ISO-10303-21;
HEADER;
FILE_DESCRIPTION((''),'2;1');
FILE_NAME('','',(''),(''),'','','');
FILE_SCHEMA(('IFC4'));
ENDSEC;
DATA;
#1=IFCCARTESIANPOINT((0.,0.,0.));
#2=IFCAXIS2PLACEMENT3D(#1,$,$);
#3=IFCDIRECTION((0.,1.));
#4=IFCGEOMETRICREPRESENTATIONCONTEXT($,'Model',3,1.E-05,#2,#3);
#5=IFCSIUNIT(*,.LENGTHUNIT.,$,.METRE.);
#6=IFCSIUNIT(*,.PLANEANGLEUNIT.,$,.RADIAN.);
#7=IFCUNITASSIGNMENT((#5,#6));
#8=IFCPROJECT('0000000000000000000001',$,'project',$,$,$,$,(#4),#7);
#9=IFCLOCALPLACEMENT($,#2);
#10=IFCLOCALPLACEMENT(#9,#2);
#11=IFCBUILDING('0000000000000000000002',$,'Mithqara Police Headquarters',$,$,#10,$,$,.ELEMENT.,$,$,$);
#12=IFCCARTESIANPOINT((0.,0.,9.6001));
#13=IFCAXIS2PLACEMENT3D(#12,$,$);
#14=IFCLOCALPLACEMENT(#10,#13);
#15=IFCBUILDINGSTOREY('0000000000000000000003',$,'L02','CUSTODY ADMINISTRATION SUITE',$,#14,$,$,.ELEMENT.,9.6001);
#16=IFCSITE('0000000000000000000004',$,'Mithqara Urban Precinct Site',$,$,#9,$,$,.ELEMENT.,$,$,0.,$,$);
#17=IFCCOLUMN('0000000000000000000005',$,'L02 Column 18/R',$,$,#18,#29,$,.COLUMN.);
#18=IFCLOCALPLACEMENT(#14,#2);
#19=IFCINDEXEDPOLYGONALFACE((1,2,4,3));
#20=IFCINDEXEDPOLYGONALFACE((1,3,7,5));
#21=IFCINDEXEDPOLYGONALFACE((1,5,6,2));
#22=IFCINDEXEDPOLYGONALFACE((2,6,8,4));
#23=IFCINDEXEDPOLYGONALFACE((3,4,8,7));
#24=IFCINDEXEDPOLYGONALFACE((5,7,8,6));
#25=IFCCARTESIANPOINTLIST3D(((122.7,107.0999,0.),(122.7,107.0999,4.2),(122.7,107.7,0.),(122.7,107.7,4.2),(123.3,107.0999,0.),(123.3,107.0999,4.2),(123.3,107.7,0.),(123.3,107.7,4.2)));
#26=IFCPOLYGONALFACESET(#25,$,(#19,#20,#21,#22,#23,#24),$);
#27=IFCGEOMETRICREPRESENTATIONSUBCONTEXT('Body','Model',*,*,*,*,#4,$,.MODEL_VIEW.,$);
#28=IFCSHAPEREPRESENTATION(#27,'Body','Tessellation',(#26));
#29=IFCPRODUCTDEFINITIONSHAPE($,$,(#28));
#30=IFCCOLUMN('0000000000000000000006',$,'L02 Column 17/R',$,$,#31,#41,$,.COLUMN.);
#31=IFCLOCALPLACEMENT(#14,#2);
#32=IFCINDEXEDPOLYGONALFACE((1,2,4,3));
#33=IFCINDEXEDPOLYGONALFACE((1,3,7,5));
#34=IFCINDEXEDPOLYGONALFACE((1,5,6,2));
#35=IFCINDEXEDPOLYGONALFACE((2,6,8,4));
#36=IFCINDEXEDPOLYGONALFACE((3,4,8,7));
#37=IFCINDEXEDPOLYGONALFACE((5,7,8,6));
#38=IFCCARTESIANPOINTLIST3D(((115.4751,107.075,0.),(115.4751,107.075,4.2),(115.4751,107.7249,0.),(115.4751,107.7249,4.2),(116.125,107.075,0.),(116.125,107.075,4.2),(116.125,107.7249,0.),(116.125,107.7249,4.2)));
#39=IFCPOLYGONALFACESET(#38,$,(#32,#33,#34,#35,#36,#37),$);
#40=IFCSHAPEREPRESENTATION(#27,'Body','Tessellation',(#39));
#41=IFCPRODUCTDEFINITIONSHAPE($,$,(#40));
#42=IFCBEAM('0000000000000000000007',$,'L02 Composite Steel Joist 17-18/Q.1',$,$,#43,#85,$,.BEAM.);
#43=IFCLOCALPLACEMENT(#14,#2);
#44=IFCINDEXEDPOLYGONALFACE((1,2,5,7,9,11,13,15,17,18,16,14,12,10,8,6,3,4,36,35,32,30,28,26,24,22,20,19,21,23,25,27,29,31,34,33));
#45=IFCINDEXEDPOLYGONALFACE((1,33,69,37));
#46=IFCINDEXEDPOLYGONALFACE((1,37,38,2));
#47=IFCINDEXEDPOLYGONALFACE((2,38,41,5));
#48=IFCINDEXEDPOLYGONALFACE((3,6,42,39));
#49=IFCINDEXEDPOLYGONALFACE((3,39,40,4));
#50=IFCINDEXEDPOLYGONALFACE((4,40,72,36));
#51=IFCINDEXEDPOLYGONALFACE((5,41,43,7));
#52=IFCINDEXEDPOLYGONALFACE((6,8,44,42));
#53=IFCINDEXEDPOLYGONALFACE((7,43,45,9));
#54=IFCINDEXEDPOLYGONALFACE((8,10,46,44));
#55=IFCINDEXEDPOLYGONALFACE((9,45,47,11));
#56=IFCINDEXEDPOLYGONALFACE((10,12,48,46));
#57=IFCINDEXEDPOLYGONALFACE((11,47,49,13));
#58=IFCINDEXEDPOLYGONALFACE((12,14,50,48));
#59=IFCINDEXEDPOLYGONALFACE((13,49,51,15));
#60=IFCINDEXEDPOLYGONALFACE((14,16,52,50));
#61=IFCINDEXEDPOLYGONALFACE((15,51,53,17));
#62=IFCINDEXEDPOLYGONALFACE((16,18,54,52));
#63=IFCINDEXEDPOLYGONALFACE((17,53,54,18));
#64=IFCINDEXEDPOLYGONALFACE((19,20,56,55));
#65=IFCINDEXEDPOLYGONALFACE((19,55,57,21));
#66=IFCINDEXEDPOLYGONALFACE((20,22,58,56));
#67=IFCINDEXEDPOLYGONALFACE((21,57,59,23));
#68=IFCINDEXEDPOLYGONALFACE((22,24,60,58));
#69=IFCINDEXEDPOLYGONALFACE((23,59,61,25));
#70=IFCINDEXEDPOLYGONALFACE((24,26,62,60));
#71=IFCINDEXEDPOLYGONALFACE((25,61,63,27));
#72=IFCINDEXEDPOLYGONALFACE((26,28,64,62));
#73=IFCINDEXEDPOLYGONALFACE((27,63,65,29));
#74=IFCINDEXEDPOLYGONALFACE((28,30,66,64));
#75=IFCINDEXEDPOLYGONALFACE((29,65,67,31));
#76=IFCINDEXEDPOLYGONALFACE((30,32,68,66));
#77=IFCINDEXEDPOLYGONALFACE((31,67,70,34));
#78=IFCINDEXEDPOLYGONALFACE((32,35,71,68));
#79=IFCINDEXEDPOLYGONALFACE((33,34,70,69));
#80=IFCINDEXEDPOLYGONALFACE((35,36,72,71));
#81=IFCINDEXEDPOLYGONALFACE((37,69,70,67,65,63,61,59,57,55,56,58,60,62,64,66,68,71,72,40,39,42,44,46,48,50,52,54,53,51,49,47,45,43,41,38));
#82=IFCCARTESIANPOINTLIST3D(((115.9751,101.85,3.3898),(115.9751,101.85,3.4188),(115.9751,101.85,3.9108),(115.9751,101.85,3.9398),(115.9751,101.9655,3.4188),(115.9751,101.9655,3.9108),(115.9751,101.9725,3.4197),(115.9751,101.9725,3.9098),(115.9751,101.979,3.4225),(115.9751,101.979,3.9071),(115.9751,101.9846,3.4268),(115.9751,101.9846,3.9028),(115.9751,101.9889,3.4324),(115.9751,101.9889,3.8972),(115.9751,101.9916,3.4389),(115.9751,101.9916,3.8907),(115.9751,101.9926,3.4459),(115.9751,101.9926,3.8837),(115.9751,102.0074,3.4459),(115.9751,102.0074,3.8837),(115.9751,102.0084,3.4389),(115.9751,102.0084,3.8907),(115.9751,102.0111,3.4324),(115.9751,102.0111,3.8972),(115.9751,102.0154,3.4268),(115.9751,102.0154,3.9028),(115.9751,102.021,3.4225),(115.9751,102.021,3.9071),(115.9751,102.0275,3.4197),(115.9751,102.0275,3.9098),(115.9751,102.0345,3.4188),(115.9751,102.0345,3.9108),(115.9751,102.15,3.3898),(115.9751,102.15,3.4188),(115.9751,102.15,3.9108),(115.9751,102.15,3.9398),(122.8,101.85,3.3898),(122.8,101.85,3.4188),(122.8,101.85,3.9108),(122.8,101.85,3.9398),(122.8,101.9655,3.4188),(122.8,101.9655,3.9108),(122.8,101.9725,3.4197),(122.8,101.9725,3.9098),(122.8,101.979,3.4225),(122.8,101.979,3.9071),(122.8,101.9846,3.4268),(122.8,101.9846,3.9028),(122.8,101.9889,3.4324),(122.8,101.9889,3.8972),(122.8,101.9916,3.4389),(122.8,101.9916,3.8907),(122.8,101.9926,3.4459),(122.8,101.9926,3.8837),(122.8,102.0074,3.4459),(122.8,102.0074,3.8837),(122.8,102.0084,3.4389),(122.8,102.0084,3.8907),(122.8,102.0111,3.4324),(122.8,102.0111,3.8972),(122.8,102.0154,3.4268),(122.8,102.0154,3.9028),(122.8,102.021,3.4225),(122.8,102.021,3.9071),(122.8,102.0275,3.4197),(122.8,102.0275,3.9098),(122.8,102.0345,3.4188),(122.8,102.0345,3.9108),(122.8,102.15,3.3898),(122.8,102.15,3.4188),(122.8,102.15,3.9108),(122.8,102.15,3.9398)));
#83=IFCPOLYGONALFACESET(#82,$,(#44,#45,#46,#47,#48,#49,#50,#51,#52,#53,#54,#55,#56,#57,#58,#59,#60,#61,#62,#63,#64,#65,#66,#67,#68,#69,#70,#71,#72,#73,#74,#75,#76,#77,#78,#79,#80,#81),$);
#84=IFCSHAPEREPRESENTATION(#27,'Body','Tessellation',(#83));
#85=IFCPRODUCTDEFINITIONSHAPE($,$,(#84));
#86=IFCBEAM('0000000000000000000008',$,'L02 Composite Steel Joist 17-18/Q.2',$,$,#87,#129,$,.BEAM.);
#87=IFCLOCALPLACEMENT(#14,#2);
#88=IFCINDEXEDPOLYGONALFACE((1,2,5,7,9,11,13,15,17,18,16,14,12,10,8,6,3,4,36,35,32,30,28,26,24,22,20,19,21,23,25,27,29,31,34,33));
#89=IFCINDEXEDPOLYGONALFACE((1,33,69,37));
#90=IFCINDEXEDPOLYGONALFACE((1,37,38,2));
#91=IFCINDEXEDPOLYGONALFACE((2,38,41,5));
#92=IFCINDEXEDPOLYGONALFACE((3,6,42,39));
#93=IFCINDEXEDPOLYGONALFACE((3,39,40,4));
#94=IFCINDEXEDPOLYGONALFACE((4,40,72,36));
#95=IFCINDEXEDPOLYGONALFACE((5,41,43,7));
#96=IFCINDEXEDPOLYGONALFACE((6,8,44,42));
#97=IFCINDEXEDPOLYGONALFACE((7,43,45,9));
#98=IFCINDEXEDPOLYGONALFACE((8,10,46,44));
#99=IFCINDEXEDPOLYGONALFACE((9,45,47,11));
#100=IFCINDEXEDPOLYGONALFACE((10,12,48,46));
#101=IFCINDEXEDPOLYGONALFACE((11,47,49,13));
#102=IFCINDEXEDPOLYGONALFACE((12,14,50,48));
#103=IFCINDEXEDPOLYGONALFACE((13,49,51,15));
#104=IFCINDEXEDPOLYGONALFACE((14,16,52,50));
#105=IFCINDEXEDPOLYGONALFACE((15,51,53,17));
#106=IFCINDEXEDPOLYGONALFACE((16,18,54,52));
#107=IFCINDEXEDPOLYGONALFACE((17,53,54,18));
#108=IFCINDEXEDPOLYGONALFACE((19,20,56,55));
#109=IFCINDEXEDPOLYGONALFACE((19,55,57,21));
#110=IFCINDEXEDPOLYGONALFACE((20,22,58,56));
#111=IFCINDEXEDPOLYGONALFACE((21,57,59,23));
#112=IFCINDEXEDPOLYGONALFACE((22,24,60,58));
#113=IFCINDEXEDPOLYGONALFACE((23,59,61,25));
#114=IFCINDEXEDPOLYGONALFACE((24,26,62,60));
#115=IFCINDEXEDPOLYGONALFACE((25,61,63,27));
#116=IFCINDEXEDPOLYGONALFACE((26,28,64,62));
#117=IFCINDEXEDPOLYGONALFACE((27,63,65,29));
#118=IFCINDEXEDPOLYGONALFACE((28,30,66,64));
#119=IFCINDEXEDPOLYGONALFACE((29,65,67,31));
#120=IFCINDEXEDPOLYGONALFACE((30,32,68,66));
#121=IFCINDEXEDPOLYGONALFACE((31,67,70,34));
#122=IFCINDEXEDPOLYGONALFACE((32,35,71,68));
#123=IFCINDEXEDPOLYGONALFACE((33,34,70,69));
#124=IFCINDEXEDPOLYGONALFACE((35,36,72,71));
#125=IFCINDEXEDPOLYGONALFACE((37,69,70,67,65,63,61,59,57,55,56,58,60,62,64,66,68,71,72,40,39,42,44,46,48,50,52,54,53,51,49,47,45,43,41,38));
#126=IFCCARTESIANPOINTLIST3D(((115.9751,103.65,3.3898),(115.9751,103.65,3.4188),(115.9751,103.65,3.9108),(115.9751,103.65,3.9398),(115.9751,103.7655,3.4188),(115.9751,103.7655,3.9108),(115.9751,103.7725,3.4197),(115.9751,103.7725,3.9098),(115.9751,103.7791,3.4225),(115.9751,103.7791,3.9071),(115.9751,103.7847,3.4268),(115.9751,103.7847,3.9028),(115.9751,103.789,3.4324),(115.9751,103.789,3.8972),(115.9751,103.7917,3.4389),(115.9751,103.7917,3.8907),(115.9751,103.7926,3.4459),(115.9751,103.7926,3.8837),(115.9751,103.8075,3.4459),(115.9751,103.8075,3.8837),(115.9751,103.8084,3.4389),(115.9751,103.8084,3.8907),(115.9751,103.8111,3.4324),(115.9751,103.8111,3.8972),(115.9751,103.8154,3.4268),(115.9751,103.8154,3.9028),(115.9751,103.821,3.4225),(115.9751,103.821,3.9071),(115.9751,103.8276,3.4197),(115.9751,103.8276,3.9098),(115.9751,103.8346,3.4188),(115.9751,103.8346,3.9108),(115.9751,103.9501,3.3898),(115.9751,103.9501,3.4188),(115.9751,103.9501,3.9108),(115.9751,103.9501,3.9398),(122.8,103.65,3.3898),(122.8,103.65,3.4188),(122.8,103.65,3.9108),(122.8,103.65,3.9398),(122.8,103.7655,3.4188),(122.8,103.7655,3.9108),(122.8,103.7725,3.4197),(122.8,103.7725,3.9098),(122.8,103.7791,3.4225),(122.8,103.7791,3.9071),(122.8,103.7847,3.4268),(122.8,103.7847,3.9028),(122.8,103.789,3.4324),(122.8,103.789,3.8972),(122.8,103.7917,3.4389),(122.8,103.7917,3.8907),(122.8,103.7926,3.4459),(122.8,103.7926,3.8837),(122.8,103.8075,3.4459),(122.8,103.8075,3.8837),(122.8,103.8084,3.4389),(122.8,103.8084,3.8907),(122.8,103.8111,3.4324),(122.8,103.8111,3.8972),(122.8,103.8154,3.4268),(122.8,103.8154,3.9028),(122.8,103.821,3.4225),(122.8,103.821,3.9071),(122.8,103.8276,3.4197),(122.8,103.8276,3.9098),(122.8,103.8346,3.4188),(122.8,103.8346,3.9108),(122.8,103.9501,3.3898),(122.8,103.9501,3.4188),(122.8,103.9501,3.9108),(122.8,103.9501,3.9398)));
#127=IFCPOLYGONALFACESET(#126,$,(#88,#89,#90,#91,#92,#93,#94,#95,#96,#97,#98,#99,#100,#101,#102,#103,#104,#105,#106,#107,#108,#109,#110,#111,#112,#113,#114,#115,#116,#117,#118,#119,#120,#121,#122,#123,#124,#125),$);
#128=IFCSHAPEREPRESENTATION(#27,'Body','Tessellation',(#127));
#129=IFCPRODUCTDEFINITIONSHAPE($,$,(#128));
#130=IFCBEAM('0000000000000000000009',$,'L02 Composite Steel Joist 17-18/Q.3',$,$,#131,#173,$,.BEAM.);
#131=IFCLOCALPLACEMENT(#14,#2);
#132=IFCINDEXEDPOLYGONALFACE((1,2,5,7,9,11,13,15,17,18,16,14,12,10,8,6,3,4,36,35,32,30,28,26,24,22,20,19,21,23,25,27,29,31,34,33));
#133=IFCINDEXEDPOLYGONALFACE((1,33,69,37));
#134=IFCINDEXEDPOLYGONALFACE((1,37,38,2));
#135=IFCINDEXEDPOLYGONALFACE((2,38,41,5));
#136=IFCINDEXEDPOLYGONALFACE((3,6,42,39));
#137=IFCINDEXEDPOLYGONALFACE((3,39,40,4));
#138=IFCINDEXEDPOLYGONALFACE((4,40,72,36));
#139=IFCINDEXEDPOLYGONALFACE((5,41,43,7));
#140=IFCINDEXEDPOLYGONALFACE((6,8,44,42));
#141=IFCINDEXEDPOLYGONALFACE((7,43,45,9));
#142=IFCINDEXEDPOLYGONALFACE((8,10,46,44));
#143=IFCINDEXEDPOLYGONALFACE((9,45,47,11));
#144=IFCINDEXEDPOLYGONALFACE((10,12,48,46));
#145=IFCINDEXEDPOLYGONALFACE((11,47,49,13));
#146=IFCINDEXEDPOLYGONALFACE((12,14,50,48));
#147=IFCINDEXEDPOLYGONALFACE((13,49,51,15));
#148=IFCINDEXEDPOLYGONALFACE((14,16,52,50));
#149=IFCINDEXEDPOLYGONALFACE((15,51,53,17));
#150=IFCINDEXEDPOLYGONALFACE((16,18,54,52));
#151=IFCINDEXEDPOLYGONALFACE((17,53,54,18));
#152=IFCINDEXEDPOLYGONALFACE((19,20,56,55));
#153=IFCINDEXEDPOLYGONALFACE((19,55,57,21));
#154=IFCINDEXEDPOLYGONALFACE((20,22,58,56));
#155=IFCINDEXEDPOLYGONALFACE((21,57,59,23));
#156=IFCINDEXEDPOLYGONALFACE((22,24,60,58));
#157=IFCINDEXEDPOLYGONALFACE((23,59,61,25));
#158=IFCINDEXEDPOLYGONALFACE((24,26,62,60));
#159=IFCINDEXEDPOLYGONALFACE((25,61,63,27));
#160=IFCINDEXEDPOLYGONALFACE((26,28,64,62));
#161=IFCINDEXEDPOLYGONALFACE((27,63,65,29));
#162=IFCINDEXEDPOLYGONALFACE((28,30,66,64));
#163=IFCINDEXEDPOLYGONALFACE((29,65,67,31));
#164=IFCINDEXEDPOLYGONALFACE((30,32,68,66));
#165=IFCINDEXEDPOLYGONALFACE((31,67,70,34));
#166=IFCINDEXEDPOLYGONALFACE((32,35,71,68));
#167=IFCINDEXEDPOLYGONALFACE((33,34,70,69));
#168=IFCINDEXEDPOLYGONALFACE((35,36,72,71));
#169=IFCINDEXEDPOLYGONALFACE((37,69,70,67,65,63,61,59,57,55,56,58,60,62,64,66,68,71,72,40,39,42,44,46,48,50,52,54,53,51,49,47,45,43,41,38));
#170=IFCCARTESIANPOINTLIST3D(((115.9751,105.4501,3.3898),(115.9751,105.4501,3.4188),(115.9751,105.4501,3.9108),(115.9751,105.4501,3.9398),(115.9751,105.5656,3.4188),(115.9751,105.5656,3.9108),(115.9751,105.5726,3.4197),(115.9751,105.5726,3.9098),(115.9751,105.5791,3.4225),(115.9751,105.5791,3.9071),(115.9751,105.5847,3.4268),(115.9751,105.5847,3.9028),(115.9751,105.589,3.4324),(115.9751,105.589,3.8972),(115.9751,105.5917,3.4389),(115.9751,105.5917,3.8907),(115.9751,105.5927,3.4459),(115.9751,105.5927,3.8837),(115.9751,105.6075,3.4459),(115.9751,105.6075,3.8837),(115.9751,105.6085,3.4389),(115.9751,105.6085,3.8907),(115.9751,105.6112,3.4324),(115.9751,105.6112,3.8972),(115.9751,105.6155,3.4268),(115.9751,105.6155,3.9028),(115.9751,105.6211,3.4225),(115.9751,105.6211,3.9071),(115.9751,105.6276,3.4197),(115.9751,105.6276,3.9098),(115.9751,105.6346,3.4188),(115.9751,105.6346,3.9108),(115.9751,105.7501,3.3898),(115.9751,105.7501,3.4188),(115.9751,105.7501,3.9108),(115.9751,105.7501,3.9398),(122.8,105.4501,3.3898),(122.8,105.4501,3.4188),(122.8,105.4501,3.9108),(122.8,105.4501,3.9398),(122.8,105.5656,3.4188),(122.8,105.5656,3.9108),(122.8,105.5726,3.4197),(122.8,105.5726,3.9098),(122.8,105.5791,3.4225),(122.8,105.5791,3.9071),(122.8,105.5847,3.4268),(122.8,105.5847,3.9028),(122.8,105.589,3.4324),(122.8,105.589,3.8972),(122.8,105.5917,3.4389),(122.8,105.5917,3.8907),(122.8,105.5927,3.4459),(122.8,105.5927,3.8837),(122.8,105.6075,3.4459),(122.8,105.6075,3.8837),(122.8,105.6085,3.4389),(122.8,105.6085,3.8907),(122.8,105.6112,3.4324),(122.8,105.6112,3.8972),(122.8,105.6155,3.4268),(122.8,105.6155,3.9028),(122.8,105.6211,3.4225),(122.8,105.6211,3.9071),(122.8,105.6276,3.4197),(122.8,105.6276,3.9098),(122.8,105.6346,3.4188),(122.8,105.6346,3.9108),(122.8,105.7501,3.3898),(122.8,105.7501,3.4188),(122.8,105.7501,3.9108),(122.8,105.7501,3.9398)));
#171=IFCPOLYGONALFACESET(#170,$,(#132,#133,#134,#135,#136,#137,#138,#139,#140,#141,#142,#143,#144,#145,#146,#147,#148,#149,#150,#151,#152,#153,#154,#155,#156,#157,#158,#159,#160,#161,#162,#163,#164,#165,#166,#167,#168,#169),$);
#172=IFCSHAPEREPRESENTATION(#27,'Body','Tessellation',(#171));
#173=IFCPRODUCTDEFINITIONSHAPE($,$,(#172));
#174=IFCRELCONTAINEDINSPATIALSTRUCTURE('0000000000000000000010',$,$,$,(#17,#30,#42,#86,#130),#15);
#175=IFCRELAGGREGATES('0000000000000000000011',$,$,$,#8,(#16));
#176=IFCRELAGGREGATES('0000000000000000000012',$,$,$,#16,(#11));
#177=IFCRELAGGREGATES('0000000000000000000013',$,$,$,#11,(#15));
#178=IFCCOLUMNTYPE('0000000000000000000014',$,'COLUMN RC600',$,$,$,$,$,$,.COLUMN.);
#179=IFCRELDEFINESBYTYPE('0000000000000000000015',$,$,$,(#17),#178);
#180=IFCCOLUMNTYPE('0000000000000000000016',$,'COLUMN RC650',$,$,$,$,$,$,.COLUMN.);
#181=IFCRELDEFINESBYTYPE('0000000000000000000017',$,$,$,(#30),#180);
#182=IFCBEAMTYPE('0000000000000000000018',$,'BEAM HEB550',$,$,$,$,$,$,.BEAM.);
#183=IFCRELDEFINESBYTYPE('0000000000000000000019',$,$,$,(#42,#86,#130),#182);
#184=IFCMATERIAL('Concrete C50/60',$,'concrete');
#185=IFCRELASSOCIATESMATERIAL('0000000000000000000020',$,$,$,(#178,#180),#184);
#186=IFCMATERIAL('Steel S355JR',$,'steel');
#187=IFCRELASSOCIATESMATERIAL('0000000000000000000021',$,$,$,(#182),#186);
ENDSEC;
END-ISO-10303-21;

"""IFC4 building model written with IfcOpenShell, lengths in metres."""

from ifc_helpers import new_model, si_unit, direction, frame, origin, origin_2d, place, context, subcontext, project, spatial, rectangle, i_section, extrude, material, material_profile, profile_set, type_object, element, save


model = new_model("IFC4")

# Units and contexts
model_context = context("Model", 3, precision=1e-05, world=origin(), true_north=direction((0.0, 1.0)))
body_context = subcontext(model_context, "Body", "Model", "MODEL_VIEW")
ifc_project = project(units=[si_unit("LENGTHUNIT", "METRE"), si_unit("PLANEANGLEUNIT", "RADIAN")], contexts=[model_context])

# Site, building, storey
site_placement = place(None, origin())
site = spatial("IfcSite", under=ifc_project, at=site_placement, Name="Mithqara Urban Precinct Site", CompositionType="ELEMENT", RefElevation=0.0)
building_placement = place(site_placement, origin())
building = spatial("IfcBuilding", under=site, at=building_placement, Name="Mithqara Police Headquarters", CompositionType="ELEMENT")
storey_placement = place(building_placement, frame((0.0, 0.0, 9.6001)))
storey = spatial("IfcBuildingStorey", under=building, at=storey_placement, Name="L02", Description="CUSTODY ADMINISTRATION SUITE", CompositionType="ELEMENT", Elevation=9.6001)

# Columns
ifc_material_1 = material(Name="Concrete C50/60", Category="concrete")
ifc_material_profile_1 = material_profile(ifc_material_1, rectangle(XDim=0.6001, YDim=0.6001, at=origin_2d()), Name="RC 600x600")
ifc_profile_set_1 = profile_set([ifc_material_profile_1], Name="Concrete C50/60")
column_type_1 = type_object("IfcColumnType", Name="COLUMN RC600", PredefinedType="COLUMN", material=ifc_profile_set_1)
column_1_placement = place(storey_placement, frame((123.0, 107.3999, 0.0), z_axis=(0.0, 0.0, 1.0), x_axis=(1.0, 0.0, 0.0)))
element("IfcColumn", 1, at=column_1_placement, inside=storey, type_object=column_type_1, Name="L02 Column 18/R", PredefinedType="COLUMN", context=body_context, shape_type="SweptSolid", body=[
    extrude(rectangle(XDim=0.6001, YDim=0.6001, at=origin_2d()), origin(), (0.0, 0.0, 1.0), 4.2),
])
ifc_material_profile_2 = material_profile(ifc_material_1, rectangle(XDim=0.6499, YDim=0.6499, at=origin_2d()), Name="RC 650x650")
ifc_profile_set_2 = profile_set([ifc_material_profile_2], Name="Concrete C50/60")
column_type_2 = type_object("IfcColumnType", Name="COLUMN RC650", PredefinedType="COLUMN", material=ifc_profile_set_2)
column_2_placement = place(storey_placement, frame((115.8, 107.3999, 0.0), z_axis=(0.0, 0.0, 1.0), x_axis=(1.0, 0.0, 0.0)))
element("IfcColumn", 2, at=column_2_placement, inside=storey, type_object=column_type_2, Name="L02 Column 17/R", PredefinedType="COLUMN", context=body_context, shape_type="SweptSolid", body=[
    extrude(rectangle(XDim=0.6499, YDim=0.6499, at=origin_2d()), origin(), (0.0, 0.0, 1.0), 4.2),
])

# Beams
ifc_material_2 = material(Name="Steel S355JR", Category="steel")
ifc_material_profile_3 = material_profile(ifc_material_2, i_section(OverallWidth=0.3, OverallDepth=0.55, WebThickness=0.0149, FlangeThickness=0.0291, FilletRadius=0.0271, at=origin_2d()), Name="HEB 550")
ifc_profile_set_3 = profile_set([ifc_material_profile_3], Name="Steel S355JR")
beam_type_1 = type_object("IfcBeamType", Name="BEAM HEB550", PredefinedType="BEAM", material=ifc_profile_set_3)
for number, where, z_axis, x_axis, name in (
    (3, (115.9751, 102.0, 3.6648), (1.0, 0.0, 0.0), (0.0, 1.0, 0.0), "L02 Composite Steel Joist 17-18/Q.1"),
    (4, (115.9751, 103.8, 3.6648), (1.0, 0.0, 0.0), (0.0, 1.0, 0.0), "L02 Composite Steel Joist 17-18/Q.2"),
    (5, (115.9751, 105.6001, 3.6648), (1.0, 0.0, 0.0), (0.0, 1.0, 0.0), "L02 Composite Steel Joist 17-18/Q.3"),
):
    element("IfcBeam", number, at=place(storey_placement, frame(where, z_axis=z_axis, x_axis=x_axis)), inside=storey, type_object=beam_type_1, Name=name, PredefinedType="BEAM", context=body_context, shape_type="SweptSolid", body=[
        extrude(i_section(OverallWidth=0.3, OverallDepth=0.55, WebThickness=0.0149, FlangeThickness=0.0291, FilletRadius=0.0271, at=origin_2d()), origin(), (0.0, 0.0, 1.0), 6.825),
    ])

save(model, "model.ifc")
